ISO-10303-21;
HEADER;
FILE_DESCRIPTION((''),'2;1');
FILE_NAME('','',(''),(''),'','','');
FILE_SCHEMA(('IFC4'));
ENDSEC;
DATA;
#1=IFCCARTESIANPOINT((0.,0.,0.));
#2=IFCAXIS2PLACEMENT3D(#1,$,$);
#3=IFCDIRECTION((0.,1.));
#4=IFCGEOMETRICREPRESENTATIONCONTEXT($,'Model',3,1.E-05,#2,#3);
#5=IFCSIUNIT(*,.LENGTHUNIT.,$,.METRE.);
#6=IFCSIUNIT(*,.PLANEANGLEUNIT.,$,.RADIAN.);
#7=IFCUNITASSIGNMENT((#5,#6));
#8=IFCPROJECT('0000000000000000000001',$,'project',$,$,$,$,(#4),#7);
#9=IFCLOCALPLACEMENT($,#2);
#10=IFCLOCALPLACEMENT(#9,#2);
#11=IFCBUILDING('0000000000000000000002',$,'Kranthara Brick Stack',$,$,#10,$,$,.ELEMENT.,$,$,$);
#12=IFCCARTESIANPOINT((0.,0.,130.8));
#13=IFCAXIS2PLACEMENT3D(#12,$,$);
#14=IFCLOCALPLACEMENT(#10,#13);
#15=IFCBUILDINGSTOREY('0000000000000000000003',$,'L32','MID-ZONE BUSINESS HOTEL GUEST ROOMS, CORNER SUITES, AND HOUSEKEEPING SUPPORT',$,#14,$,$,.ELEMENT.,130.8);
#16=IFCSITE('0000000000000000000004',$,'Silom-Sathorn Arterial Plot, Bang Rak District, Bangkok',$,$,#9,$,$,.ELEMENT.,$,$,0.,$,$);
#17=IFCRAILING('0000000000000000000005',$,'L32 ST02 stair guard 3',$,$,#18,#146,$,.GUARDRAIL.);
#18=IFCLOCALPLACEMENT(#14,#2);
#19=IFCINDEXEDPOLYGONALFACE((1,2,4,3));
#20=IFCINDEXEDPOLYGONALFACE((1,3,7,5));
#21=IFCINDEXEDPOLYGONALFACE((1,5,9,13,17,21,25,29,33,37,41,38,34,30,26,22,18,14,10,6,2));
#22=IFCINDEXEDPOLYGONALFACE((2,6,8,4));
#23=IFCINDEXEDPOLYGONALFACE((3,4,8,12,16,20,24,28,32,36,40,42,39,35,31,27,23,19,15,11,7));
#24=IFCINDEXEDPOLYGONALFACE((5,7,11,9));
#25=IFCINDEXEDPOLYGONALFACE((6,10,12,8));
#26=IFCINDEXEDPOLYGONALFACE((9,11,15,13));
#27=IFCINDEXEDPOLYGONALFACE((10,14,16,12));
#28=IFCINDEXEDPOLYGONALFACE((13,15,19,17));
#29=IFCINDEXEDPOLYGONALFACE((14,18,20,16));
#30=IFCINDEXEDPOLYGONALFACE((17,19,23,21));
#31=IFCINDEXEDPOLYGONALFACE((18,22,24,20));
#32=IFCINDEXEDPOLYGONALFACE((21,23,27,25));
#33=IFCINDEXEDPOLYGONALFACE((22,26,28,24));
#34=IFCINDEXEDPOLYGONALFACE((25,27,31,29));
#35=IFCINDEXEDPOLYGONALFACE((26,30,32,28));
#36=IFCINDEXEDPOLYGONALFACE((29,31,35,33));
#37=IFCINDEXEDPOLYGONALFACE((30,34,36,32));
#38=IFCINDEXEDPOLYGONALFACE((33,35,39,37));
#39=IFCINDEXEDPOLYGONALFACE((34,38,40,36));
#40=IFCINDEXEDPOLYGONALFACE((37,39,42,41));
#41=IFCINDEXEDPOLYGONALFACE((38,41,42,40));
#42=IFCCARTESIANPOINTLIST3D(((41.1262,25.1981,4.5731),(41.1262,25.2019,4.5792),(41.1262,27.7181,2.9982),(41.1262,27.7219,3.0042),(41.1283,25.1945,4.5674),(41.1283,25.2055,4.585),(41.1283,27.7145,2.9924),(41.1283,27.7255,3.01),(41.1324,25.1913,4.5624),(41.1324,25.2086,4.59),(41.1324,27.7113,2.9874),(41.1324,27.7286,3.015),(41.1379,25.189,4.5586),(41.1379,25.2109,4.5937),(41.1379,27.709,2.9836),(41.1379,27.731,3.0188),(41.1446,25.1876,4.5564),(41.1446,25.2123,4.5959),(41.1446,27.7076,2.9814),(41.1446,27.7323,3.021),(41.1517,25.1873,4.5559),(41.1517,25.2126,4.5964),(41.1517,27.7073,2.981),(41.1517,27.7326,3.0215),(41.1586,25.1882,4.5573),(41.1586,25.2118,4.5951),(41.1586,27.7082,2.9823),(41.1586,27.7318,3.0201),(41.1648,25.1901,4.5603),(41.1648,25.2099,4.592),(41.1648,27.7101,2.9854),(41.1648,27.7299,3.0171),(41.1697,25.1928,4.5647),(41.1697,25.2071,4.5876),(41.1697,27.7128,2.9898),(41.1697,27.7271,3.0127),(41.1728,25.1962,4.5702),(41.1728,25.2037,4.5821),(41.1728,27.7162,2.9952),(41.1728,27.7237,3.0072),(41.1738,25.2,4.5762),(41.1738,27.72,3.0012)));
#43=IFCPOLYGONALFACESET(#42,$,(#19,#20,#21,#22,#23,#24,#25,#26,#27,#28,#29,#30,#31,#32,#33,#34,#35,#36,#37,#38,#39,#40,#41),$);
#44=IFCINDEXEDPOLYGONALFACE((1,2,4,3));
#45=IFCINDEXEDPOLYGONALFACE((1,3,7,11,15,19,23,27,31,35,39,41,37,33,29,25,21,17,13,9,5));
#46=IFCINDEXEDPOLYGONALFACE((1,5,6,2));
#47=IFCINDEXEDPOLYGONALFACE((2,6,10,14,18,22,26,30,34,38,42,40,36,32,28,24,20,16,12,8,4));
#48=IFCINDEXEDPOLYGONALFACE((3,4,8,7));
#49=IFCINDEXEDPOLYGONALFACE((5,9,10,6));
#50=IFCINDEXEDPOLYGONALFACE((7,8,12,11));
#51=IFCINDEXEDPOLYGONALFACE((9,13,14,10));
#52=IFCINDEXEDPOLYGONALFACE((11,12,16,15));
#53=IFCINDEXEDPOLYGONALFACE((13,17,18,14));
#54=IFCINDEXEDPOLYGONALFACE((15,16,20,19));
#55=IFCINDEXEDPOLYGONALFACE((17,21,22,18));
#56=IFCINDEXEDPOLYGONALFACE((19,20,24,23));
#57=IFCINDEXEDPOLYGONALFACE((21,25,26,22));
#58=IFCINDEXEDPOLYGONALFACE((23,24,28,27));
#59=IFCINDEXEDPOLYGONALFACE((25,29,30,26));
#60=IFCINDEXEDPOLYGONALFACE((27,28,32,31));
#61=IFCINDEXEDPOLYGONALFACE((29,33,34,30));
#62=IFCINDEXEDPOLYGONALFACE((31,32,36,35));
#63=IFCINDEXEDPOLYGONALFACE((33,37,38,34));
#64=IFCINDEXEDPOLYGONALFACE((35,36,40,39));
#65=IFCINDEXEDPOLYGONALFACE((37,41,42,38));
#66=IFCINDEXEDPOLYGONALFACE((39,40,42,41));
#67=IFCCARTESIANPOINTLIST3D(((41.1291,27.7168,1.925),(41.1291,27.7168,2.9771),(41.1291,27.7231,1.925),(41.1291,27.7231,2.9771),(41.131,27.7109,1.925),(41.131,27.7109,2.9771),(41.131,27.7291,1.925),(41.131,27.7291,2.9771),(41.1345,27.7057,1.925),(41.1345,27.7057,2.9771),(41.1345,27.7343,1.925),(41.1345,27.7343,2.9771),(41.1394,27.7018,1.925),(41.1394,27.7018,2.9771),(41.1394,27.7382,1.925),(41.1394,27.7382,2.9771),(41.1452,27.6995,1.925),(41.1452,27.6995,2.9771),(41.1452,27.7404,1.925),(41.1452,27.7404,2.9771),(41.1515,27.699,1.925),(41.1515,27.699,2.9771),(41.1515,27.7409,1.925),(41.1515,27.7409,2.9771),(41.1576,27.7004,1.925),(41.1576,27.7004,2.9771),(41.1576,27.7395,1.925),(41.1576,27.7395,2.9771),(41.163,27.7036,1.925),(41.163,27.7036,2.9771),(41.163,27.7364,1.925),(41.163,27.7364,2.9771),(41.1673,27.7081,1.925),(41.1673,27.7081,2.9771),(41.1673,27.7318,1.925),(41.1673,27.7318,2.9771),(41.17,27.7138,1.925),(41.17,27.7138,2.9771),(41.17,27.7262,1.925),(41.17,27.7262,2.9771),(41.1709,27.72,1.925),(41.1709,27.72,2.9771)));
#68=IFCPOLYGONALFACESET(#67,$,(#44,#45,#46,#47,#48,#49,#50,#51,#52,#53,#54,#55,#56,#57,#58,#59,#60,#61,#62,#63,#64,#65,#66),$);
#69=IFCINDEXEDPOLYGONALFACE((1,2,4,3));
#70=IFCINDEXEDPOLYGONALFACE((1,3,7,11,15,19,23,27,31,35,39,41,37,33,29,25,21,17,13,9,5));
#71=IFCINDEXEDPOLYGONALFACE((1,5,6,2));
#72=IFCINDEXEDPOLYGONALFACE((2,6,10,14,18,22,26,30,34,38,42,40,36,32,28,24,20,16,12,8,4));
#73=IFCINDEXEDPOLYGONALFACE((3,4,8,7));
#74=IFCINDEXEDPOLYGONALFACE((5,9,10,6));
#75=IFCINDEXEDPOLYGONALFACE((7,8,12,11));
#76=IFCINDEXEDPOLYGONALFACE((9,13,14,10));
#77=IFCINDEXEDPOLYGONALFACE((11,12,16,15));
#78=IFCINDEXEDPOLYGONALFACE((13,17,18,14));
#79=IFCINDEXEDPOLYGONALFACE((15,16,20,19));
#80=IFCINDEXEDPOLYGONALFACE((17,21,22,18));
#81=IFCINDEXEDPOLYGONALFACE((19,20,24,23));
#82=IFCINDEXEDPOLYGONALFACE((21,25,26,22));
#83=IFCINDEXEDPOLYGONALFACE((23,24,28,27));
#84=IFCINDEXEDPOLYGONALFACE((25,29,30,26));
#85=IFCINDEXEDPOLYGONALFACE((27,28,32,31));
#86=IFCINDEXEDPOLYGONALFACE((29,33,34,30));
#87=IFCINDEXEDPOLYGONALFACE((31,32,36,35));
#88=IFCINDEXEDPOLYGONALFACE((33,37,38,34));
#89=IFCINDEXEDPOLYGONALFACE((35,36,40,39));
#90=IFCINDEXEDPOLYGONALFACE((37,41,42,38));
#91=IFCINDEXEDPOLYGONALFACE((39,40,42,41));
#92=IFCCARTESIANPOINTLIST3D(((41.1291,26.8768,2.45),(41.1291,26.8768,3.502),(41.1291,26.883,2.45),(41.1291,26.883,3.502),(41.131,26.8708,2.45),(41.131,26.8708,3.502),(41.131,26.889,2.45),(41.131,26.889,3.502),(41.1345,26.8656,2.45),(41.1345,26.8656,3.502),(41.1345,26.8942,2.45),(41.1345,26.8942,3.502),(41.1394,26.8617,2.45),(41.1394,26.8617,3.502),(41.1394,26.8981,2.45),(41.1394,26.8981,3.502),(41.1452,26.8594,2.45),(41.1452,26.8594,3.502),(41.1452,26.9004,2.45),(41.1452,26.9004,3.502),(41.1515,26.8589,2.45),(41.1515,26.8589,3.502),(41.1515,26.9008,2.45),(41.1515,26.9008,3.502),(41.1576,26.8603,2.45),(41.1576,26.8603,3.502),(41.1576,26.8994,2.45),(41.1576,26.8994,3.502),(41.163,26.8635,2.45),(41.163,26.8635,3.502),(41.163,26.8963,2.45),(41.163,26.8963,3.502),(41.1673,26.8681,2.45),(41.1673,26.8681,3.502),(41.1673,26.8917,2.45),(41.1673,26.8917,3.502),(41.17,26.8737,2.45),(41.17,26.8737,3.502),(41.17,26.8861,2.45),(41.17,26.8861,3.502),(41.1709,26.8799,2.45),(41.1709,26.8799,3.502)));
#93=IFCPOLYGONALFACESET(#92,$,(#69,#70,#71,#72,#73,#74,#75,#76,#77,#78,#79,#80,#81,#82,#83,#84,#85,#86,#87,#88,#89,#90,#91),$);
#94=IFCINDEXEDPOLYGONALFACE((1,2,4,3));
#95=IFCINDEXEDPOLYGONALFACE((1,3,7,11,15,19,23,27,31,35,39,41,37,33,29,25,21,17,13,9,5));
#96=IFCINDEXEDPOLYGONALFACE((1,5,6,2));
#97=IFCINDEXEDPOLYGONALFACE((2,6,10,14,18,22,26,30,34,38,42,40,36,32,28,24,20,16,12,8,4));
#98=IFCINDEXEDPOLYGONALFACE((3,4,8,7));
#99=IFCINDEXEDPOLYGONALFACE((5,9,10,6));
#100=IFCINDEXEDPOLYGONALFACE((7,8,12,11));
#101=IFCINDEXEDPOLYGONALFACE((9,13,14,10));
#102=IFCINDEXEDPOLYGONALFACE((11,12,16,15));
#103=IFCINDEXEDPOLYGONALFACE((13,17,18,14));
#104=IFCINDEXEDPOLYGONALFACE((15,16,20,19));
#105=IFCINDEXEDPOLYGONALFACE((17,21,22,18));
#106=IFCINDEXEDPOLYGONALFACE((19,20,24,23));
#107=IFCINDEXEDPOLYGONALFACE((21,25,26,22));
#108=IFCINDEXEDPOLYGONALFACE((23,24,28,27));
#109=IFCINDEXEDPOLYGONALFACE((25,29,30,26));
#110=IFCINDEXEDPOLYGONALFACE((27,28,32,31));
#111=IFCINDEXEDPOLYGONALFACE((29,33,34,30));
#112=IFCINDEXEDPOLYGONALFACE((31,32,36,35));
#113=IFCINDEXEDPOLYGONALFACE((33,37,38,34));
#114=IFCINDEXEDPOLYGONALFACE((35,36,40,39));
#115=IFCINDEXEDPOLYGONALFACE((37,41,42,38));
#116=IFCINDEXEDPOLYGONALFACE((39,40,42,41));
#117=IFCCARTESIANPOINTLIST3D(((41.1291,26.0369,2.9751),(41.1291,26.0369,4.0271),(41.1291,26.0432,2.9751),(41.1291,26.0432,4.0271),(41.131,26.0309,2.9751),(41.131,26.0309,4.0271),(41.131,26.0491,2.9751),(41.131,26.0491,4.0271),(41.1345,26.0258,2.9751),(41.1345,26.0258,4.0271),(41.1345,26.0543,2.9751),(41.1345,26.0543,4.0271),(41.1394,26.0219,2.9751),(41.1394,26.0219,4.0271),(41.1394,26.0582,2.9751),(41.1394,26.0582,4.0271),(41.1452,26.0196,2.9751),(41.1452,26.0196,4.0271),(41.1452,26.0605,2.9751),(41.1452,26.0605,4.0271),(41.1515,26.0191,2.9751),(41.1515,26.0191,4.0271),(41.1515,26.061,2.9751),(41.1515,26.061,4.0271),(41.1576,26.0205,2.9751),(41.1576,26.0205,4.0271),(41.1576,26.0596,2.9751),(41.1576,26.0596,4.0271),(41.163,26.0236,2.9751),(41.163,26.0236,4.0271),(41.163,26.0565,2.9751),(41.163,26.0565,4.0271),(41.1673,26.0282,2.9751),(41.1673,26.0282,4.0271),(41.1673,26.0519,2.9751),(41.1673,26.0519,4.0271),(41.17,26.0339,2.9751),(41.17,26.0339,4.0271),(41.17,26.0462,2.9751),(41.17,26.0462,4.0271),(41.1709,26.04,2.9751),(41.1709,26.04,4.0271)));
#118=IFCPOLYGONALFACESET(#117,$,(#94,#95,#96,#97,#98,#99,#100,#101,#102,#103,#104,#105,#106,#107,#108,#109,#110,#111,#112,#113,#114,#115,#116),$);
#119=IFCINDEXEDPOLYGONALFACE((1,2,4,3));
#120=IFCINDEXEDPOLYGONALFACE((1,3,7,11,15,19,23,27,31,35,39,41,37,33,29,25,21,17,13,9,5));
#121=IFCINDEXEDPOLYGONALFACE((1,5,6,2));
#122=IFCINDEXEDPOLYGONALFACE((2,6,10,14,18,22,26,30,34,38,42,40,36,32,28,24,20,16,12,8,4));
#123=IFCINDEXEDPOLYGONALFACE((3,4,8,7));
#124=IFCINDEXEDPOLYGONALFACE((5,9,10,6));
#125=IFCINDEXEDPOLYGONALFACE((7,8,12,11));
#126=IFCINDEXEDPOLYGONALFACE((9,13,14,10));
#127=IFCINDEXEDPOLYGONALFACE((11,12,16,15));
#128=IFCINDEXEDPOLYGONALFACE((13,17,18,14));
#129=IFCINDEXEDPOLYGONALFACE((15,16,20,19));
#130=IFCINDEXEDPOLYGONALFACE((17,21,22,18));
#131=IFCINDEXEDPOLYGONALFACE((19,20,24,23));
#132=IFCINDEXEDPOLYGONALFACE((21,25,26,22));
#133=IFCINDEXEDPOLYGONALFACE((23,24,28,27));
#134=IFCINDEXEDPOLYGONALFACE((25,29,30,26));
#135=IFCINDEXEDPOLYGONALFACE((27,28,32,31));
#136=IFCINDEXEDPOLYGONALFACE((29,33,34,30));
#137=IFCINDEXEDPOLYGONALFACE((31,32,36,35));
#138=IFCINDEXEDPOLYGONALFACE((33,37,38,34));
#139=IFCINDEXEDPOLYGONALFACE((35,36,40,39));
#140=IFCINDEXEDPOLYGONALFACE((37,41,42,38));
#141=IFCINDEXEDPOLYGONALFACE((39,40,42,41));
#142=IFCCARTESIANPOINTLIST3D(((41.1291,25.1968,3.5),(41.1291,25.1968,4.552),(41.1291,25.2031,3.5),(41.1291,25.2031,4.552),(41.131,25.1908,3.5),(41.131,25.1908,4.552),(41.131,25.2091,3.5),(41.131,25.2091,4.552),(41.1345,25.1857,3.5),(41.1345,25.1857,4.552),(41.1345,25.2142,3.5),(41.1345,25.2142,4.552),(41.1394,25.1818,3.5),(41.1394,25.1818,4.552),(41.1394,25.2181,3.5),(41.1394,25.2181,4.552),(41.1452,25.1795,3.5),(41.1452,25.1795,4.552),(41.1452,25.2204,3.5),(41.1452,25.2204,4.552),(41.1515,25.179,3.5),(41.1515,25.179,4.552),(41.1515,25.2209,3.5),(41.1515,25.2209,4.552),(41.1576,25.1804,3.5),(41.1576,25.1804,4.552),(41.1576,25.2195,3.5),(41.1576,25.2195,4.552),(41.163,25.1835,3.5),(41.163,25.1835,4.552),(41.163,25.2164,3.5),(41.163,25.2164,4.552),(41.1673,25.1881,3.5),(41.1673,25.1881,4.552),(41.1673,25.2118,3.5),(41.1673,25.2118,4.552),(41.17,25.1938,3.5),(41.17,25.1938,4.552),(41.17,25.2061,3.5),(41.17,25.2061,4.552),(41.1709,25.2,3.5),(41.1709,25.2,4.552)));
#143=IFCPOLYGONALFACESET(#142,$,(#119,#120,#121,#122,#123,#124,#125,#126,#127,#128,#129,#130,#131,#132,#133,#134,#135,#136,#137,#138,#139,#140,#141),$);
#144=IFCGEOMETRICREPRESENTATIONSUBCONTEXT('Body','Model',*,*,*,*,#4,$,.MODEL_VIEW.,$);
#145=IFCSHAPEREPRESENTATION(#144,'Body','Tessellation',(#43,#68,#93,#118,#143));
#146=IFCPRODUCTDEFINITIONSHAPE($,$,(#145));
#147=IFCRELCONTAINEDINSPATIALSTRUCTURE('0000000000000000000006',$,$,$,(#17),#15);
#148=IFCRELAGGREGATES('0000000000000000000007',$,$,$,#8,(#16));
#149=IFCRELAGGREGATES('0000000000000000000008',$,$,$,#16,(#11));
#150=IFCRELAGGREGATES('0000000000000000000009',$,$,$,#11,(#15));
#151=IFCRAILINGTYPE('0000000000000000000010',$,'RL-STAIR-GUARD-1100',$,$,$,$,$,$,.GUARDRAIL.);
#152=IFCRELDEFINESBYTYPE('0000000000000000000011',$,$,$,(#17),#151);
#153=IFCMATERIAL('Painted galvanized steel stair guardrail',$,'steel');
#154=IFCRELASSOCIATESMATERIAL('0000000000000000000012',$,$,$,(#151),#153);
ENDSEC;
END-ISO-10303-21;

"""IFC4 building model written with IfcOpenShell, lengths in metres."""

from ifc_helpers import new_model, si_unit, direction, frame, origin, origin_2d, place, context, subcontext, project, spatial, circle, extrude, material, type_object, element, save


model = new_model("IFC4")

# Units and contexts
model_context = context("Model", 3, precision=1e-05, world=origin(), true_north=direction((0.0, 1.0)))
body_context = subcontext(model_context, "Body", "Model", "MODEL_VIEW")
ifc_project = project(units=[si_unit("LENGTHUNIT", "METRE"), si_unit("PLANEANGLEUNIT", "RADIAN")], contexts=[model_context])

# Site, building, storey
site_placement = place(None, origin())
site = spatial("IfcSite", under=ifc_project, at=site_placement, Name="Silom-Sathorn Arterial Plot, Bang Rak District, Bangkok", CompositionType="ELEMENT", RefElevation=0.0)
building_placement = place(site_placement, origin())
building = spatial("IfcBuilding", under=site, at=building_placement, Name="Kranthara Brick Stack", CompositionType="ELEMENT")
storey_placement = place(building_placement, frame((0.0, 0.0, 130.8)))
storey = spatial("IfcBuildingStorey", under=building, at=storey_placement, Name="L32", Description="MID-ZONE BUSINESS HOTEL GUEST ROOMS, CORNER SUITES, AND HOUSEKEEPING SUPPORT", CompositionType="ELEMENT", Elevation=130.8)

# Railing
ifc_material_1 = material(Name="Painted galvanized steel stair guardrail", Category="steel")
railing_type_1 = type_object("IfcRailingType", Name="RL-STAIR-GUARD-1100", PredefinedType="GUARDRAIL", material=ifc_material_1)
railing_1_placement = place(storey_placement, frame((41.1499, 27.72, 1.925)))
element("IfcRailing", 1, at=railing_1_placement, inside=storey, type_object=railing_type_1, Name="L32 ST02 stair guard 3", PredefinedType="GUARDRAIL", context=body_context, shape_type="SweptSolid", body=[
    extrude(circle(Radius=0.0239, at=origin_2d()), frame((0.0, 0.0, 1.0762), z_axis=(0.0, -0.848008, 0.529984), x_axis=(1.0, 0.0, 0.0)), (0.0, 0.0, 1.0), 2.9717),
    extrude(circle(Radius=0.021, at=origin_2d()), origin(), (0.0, 0.0, 1.0), 1.052),
    extrude(circle(Radius=0.021, at=origin_2d()), frame((0.0, -0.8401, 0.5249)), (0.0, 0.0, 1.0), 1.052),
    extrude(circle(Radius=0.021, at=origin_2d()), frame((0.0, -1.6799, 1.05)), (0.0, 0.0, 1.0), 1.052),
    extrude(circle(Radius=0.021, at=origin_2d()), frame((0.0, -2.52, 1.575)), (0.0, 0.0, 1.0), 1.052),
])

save(model, "model.ifc")
